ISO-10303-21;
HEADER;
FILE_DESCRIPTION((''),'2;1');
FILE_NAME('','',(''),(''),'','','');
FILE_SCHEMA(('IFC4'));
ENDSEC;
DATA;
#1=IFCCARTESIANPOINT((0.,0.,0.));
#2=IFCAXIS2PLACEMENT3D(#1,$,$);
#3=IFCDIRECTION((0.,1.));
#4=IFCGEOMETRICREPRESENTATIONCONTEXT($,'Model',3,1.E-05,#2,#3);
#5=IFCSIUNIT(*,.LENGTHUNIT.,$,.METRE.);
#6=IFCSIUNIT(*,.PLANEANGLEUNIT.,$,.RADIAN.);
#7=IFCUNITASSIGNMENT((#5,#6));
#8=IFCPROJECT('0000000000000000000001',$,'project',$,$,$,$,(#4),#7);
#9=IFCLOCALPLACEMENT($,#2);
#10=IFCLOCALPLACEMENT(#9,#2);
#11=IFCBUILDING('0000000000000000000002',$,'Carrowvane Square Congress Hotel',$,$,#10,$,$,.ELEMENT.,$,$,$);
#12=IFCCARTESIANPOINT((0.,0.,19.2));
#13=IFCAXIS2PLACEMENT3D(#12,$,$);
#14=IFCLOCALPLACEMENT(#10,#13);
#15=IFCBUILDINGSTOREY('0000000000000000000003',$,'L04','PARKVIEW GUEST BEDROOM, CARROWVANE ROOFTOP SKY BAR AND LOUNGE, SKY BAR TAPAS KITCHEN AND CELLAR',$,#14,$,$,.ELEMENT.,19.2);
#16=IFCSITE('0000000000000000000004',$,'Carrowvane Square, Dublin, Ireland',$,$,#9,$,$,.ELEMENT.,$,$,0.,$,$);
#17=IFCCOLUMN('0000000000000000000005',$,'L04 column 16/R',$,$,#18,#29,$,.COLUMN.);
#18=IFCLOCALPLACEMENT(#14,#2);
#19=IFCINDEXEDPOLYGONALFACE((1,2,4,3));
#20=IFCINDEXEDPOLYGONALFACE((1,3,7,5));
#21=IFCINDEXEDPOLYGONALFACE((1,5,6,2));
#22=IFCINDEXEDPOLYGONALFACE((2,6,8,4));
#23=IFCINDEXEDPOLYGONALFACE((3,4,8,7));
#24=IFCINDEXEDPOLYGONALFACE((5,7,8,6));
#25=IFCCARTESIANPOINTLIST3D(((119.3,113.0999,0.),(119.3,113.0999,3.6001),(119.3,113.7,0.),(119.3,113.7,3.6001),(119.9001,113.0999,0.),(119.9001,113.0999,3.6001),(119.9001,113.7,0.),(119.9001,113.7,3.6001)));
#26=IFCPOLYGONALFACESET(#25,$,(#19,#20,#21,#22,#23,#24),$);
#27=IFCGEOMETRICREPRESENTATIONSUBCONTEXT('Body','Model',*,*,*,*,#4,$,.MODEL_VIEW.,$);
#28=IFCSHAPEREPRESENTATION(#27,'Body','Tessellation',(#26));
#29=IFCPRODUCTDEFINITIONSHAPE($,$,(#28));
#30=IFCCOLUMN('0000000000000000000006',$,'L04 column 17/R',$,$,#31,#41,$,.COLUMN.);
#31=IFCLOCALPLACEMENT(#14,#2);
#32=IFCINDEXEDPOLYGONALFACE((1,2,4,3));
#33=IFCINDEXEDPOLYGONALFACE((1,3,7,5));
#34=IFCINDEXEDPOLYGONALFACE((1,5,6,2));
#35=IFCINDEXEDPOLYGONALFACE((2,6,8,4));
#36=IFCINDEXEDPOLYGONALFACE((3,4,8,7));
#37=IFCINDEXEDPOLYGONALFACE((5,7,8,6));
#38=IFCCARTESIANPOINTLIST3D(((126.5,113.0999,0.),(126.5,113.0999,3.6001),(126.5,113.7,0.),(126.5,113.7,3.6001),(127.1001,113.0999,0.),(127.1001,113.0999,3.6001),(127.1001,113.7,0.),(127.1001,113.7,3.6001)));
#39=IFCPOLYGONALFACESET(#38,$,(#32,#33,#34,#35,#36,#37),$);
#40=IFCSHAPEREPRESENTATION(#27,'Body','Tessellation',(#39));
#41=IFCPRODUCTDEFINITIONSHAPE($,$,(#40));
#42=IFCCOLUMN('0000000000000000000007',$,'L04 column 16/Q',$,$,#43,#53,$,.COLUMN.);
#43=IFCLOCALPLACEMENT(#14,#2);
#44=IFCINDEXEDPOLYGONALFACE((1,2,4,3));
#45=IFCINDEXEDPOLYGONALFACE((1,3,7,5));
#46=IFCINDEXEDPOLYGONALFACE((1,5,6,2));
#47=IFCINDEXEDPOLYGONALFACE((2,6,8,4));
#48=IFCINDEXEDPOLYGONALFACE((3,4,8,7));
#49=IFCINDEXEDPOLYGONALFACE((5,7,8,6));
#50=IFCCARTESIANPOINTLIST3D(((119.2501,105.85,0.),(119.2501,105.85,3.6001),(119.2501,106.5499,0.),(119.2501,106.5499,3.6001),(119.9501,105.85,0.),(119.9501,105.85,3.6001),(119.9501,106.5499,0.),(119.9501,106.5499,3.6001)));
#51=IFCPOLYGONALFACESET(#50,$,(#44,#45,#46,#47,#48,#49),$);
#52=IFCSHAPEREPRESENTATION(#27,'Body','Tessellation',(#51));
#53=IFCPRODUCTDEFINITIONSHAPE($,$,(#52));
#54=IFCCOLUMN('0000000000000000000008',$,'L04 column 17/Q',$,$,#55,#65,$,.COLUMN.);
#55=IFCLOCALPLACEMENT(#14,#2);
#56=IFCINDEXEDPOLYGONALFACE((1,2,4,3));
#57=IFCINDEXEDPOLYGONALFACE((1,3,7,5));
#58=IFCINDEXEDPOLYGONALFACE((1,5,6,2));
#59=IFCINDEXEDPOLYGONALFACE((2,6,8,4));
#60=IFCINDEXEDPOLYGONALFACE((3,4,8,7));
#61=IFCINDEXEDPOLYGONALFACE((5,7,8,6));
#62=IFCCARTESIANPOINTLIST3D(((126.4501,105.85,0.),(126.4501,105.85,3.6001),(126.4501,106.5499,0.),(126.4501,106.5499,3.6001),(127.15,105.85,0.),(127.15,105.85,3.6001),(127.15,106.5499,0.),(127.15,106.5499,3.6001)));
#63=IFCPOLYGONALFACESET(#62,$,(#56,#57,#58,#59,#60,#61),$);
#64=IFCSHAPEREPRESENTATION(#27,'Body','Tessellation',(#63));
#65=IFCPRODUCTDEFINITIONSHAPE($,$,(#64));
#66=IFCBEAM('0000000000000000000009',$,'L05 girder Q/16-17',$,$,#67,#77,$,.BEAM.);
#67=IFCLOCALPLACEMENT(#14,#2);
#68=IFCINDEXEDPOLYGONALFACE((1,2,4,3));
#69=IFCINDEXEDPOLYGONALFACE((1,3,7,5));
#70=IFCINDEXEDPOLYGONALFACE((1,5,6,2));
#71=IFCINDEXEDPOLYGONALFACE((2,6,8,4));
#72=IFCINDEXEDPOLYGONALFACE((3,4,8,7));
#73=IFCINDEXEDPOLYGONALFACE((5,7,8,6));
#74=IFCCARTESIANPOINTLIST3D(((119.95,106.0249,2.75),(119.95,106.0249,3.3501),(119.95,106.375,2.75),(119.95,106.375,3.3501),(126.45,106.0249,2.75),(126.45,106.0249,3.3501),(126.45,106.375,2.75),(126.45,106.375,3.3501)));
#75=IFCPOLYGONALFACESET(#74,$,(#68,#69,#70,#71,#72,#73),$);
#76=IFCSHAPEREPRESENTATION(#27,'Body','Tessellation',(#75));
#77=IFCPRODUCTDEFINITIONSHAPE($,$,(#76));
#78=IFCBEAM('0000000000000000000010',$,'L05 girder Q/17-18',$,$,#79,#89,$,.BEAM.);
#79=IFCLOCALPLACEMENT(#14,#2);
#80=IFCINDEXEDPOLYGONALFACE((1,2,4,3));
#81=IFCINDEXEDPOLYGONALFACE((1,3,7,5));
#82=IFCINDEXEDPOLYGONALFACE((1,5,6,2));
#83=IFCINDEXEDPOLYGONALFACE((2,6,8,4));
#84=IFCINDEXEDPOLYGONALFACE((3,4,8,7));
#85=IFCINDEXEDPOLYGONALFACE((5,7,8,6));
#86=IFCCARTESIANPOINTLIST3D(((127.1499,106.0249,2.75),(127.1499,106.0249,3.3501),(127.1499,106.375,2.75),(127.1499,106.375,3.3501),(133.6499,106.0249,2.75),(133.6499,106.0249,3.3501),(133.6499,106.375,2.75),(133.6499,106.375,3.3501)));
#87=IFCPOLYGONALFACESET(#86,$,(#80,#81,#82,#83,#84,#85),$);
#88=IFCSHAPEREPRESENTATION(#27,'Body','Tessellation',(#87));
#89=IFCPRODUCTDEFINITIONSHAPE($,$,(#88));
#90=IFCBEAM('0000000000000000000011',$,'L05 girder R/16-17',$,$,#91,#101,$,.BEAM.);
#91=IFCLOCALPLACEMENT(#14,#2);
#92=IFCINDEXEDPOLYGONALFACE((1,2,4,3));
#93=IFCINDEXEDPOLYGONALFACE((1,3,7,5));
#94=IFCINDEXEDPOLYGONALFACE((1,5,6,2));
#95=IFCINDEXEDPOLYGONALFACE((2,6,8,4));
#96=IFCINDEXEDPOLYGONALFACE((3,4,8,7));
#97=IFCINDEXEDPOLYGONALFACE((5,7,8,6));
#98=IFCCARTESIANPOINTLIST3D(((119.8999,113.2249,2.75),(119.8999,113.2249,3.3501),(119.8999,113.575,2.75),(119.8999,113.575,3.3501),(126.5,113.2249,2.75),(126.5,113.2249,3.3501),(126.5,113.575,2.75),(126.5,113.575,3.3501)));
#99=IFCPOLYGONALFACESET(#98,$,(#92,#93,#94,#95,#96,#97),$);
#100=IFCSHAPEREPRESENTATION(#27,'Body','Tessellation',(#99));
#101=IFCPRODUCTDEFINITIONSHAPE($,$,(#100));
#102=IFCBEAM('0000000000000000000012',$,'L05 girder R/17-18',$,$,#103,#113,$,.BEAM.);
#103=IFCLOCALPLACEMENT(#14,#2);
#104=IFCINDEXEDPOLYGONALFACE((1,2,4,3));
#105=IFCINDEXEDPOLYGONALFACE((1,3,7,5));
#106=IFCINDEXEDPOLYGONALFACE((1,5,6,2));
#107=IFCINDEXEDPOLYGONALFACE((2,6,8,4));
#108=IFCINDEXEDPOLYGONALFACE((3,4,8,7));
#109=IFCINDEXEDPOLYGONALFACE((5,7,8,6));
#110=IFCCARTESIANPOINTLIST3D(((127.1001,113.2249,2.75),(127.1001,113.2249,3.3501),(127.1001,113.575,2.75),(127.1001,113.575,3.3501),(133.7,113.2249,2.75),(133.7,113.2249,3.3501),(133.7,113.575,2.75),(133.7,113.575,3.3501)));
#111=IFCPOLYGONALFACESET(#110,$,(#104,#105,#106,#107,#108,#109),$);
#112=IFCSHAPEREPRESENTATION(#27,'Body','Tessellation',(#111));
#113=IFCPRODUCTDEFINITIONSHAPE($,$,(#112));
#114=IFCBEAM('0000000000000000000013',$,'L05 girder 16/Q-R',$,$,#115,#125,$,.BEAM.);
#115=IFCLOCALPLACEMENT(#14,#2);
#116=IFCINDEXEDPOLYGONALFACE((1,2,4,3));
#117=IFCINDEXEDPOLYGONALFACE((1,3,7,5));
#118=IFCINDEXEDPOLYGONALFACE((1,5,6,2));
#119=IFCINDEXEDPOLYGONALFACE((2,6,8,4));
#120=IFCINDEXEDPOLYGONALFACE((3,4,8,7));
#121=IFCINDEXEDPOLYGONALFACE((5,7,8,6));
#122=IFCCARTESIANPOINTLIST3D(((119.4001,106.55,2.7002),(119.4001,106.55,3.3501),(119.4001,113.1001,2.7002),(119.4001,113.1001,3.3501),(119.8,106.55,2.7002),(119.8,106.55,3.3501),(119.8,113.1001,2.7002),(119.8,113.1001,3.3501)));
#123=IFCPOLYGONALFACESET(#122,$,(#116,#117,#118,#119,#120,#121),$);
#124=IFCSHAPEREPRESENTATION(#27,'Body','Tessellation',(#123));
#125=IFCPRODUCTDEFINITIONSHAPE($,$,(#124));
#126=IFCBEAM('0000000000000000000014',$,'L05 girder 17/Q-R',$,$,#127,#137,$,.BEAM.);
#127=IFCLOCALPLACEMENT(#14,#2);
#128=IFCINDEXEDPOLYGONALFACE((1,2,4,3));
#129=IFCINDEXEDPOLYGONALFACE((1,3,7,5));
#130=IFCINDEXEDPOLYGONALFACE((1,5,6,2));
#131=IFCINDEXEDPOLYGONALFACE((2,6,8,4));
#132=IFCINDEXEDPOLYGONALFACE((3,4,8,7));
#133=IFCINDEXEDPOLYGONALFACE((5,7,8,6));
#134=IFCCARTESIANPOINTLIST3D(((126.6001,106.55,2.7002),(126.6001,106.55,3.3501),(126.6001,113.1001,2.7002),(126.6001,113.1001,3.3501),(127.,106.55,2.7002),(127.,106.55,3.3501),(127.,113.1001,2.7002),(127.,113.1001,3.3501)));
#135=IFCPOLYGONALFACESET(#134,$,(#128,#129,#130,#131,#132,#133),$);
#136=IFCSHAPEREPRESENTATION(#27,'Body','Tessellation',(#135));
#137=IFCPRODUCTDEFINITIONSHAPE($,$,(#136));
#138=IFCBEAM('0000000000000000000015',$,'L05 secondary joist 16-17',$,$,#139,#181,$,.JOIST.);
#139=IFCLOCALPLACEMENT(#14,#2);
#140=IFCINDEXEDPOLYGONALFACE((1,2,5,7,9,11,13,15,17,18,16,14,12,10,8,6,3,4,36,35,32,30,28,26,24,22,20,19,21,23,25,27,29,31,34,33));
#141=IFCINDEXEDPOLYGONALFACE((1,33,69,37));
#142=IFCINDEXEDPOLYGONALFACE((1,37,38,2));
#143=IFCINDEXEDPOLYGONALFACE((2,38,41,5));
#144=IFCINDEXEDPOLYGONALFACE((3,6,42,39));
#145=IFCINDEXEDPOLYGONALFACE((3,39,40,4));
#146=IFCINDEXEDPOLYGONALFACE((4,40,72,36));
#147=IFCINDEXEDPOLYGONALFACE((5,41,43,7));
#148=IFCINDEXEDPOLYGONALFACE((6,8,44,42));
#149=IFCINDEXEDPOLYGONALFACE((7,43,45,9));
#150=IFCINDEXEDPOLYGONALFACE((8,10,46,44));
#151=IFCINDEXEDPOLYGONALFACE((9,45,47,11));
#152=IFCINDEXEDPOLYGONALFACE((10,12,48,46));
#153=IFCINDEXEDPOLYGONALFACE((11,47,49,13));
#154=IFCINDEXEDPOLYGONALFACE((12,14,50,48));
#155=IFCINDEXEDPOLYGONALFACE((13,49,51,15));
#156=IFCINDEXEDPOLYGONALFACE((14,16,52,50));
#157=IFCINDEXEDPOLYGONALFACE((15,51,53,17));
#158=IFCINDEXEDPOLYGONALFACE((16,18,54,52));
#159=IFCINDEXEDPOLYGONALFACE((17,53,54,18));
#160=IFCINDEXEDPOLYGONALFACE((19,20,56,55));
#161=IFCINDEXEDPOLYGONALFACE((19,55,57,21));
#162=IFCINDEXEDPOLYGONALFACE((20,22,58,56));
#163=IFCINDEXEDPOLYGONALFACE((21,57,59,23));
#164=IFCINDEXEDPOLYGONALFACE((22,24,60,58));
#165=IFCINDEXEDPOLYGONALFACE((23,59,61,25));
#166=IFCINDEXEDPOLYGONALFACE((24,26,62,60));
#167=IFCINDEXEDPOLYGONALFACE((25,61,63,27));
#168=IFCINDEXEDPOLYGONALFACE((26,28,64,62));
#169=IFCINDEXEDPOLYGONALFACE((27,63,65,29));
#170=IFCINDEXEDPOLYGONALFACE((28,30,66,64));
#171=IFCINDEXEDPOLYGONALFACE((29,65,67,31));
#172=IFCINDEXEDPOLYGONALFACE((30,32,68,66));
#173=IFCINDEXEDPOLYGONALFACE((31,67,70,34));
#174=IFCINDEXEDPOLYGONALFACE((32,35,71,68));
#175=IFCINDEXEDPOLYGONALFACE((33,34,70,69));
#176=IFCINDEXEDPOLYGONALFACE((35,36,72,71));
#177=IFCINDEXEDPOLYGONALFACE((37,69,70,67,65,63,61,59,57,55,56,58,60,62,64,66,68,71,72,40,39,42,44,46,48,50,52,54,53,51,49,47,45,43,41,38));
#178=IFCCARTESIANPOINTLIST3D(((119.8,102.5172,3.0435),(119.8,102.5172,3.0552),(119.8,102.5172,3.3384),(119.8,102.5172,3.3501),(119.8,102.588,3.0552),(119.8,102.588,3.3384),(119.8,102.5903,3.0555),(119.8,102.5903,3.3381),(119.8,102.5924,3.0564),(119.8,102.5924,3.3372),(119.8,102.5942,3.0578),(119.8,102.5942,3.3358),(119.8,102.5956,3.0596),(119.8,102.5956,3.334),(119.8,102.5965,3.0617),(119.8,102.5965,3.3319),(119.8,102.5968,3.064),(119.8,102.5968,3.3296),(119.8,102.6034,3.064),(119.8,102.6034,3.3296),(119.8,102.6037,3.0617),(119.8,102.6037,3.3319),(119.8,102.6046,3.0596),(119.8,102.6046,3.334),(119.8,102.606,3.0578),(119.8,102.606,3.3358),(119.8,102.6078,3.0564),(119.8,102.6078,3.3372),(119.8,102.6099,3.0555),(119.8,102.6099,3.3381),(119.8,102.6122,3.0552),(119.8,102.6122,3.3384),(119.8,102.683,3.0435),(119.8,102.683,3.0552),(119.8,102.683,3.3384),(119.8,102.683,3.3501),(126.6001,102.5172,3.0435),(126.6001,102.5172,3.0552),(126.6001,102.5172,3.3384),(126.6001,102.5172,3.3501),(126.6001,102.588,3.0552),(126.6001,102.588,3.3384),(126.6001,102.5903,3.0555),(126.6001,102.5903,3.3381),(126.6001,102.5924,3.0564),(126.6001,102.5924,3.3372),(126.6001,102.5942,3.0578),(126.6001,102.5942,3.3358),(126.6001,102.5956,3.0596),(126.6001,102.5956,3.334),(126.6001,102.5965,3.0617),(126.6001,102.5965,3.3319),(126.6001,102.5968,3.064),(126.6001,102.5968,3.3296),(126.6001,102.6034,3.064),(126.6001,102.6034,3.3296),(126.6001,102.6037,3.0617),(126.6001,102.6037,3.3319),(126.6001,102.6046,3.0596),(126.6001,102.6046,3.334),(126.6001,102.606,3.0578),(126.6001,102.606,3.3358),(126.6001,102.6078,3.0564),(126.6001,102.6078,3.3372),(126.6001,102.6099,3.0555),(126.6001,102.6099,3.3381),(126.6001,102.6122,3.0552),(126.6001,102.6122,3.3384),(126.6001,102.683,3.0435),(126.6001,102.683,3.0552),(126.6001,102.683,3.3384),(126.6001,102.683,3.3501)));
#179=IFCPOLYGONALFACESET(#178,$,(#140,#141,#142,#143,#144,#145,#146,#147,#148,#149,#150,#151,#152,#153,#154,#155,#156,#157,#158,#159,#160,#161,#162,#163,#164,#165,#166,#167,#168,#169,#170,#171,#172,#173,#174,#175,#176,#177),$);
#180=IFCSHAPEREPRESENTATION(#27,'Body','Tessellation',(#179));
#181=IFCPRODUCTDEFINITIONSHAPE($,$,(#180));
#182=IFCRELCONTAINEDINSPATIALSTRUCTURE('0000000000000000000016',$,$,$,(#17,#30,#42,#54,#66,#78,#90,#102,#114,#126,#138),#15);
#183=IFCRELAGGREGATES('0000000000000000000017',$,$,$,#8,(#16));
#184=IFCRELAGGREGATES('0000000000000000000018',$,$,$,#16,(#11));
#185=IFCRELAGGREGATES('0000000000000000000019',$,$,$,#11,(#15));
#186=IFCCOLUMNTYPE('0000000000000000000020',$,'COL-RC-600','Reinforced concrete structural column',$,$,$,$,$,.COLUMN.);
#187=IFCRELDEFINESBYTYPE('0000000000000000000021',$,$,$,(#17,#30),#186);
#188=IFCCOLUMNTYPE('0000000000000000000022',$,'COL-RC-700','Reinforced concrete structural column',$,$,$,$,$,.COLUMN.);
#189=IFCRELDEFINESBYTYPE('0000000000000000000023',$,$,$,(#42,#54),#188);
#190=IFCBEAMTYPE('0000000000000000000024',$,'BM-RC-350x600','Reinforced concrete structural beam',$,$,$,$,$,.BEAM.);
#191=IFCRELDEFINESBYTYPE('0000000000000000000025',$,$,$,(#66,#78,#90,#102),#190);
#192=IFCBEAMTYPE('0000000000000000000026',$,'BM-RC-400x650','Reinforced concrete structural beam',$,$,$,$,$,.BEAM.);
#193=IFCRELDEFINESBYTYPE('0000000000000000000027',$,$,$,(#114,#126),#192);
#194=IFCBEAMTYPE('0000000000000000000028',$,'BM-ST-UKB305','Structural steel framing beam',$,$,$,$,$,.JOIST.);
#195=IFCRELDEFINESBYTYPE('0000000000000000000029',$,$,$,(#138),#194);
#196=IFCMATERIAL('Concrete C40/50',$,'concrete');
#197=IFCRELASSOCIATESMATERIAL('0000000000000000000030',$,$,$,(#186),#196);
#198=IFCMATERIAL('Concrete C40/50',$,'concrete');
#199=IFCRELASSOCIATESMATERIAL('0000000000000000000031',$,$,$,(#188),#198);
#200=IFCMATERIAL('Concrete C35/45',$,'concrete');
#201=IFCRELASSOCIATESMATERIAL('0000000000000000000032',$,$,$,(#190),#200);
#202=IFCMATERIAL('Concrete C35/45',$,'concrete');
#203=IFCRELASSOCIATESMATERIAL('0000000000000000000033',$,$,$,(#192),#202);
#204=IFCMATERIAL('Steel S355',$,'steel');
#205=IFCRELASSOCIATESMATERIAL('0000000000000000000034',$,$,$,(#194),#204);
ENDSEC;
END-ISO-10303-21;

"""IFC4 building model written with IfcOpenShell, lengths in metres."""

from ifc_helpers import new_model, si_unit, direction, frame, origin, origin_2d, place, context, subcontext, project, spatial, rectangle, i_section, extrude, material, material_profile, profile_set, type_object, element, save


model = new_model("IFC4")

# Units and contexts
model_context = context("Model", 3, precision=1e-05, world=origin(), true_north=direction((0.0, 1.0)))
body_context = subcontext(model_context, "Body", "Model", "MODEL_VIEW")
ifc_project = project(units=[si_unit("LENGTHUNIT", "METRE"), si_unit("PLANEANGLEUNIT", "RADIAN")], contexts=[model_context])

# Site, building, storey
site_placement = place(None, origin())
site = spatial("IfcSite", under=ifc_project, at=site_placement, Name="Carrowvane Square, Dublin, Ireland", CompositionType="ELEMENT", RefElevation=0.0)
building_placement = place(site_placement, origin())
building = spatial("IfcBuilding", under=site, at=building_placement, Name="Carrowvane Square Congress Hotel", CompositionType="ELEMENT")
storey_placement = place(building_placement, frame((0.0, 0.0, 19.2)))
storey = spatial("IfcBuildingStorey", under=building, at=storey_placement, Name="L04", Description="PARKVIEW GUEST BEDROOM, CARROWVANE ROOFTOP SKY BAR AND LOUNGE, SKY BAR TAPAS KITCHEN AND CELLAR", CompositionType="ELEMENT", Elevation=19.2)

# Columns
ifc_material_1 = material(Name="Concrete C40/50", Category="concrete")
ifc_material_profile_1 = material_profile(ifc_material_1, rectangle(XDim=0.6001, YDim=0.6001, at=origin_2d()), Name="RC 600x600")
ifc_profile_set_1 = profile_set([ifc_material_profile_1], Name="Concrete C40/50")
column_type_1 = type_object("IfcColumnType", Name="COL-RC-600", Description="Reinforced concrete structural column", PredefinedType="COLUMN", material=ifc_profile_set_1)
for number, where, z_axis, x_axis, name in (
    (1, (119.6001, 113.3999, 0.0), (0.0, 0.0, 1.0), (1.0, 0.0, 0.0), "L04 column 16/R"),
    (2, (126.8, 113.3999, 0.0), (0.0, 0.0, 1.0), (1.0, 0.0, 0.0), "L04 column 17/R"),
):
    element("IfcColumn", number, at=place(storey_placement, frame(where, z_axis=z_axis, x_axis=x_axis)), inside=storey, type_object=column_type_1, Name=name, PredefinedType="COLUMN", context=body_context, shape_type="SweptSolid", body=[
        extrude(rectangle(XDim=0.6001, YDim=0.6001, at=origin_2d()), origin(), (0.0, 0.0, 1.0), 3.6001),
    ])
ifc_material_2 = material(Name="Concrete C40/50", Category="concrete")
ifc_material_profile_2 = material_profile(ifc_material_2, rectangle(XDim=0.7, YDim=0.7, at=origin_2d()), Name="RC 700x700")
ifc_profile_set_2 = profile_set([ifc_material_profile_2], Name="Concrete C40/50")
column_type_2 = type_object("IfcColumnType", Name="COL-RC-700", Description="Reinforced concrete structural column", PredefinedType="COLUMN", material=ifc_profile_set_2)
for number, where, z_axis, x_axis, name in (
    (3, (119.6001, 106.2, 0.0), (0.0, 0.0, 1.0), (1.0, 0.0, 0.0), "L04 column 16/Q"),
    (4, (126.8, 106.2, 0.0), (0.0, 0.0, 1.0), (1.0, 0.0, 0.0), "L04 column 17/Q"),
):
    element("IfcColumn", number, at=place(storey_placement, frame(where, z_axis=z_axis, x_axis=x_axis)), inside=storey, type_object=column_type_2, Name=name, PredefinedType="COLUMN", context=body_context, shape_type="SweptSolid", body=[
        extrude(rectangle(XDim=0.7, YDim=0.7, at=origin_2d()), origin(), (0.0, 0.0, 1.0), 3.6001),
    ])

# Beams
ifc_material_3 = material(Name="Concrete C35/45", Category="concrete")
ifc_material_profile_3 = material_profile(ifc_material_3, rectangle(XDim=0.3501, YDim=0.6001, at=origin_2d()), Name="RC 350x600")
ifc_profile_set_3 = profile_set([ifc_material_profile_3], Name="Concrete C35/45")
beam_type_1 = type_object("IfcBeamType", Name="BM-RC-350x600", Description="Reinforced concrete structural beam", PredefinedType="BEAM", material=ifc_profile_set_3)
for number, where, z_axis, x_axis, name in (
    (5, (119.95, 106.2, 3.05), (1.0, 0.0, 0.0), (0.0, 1.0, 0.0), "L05 girder Q/16-17"),
    (6, (127.1499, 106.2, 3.05), (1.0, 0.0, 0.0), (0.0, 1.0, 0.0), "L05 girder Q/17-18"),
):
    element("IfcBeam", number, at=place(storey_placement, frame(where, z_axis=z_axis, x_axis=x_axis)), inside=storey, type_object=beam_type_1, Name=name, PredefinedType="BEAM", context=body_context, shape_type="SweptSolid", body=[
        extrude(rectangle(XDim=0.3501, YDim=0.6001, at=origin_2d()), origin(), (0.0, 0.0, 1.0), 6.5),
    ])
beam_1_placement = place(storey_placement, frame((119.8999, 113.3999, 3.05), z_axis=(1.0, 0.0, 0.0), x_axis=(0.0, 1.0, 0.0)))
element("IfcBeam", 7, at=beam_1_placement, inside=storey, type_object=beam_type_1, Name="L05 girder R/16-17", PredefinedType="BEAM", context=body_context, shape_type="SweptSolid", body=[
    extrude(rectangle(XDim=0.3501, YDim=0.6001, at=origin_2d()), origin(), (0.0, 0.0, 1.0), 6.6001),
])
beam_2_placement = place(storey_placement, frame((127.1001, 113.3999, 3.05), z_axis=(1.0, 0.0, 0.0), x_axis=(0.0, 1.0, 0.0)))
element("IfcBeam", 8, at=beam_2_placement, inside=storey, type_object=beam_type_1, Name="L05 girder R/17-18", PredefinedType="BEAM", context=body_context, shape_type="SweptSolid", body=[
    extrude(rectangle(XDim=0.3501, YDim=0.6001, at=origin_2d()), origin(), (0.0, 0.0, 1.0), 6.5999),
])
ifc_material_4 = material(Name="Concrete C35/45", Category="concrete")
ifc_material_profile_4 = material_profile(ifc_material_4, rectangle(XDim=0.3999, YDim=0.6499, at=origin_2d()), Name="RC 400x650")
ifc_profile_set_4 = profile_set([ifc_material_profile_4], Name="Concrete C35/45")
beam_type_2 = type_object("IfcBeamType", Name="BM-RC-400x650", Description="Reinforced concrete structural beam", PredefinedType="BEAM", material=ifc_profile_set_4)
for number, where, z_axis, x_axis, name in (
    (9, (119.6001, 106.55, 3.0251), (0.0, 1.0, 0.0), (-1.0, 0.0, 0.0), "L05 girder 16/Q-R"),
    (10, (126.8, 106.55, 3.0251), (0.0, 1.0, 0.0), (-1.0, 0.0, 0.0), "L05 girder 17/Q-R"),
):
    element("IfcBeam", number, at=place(storey_placement, frame(where, z_axis=z_axis, x_axis=x_axis)), inside=storey, type_object=beam_type_2, Name=name, PredefinedType="BEAM", context=body_context, shape_type="SweptSolid", body=[
        extrude(rectangle(XDim=0.3999, YDim=0.6499, at=origin_2d()), origin(), (0.0, 0.0, 1.0), 6.55),
    ])
ifc_material_5 = material(Name="Steel S355", Category="steel")
ifc_material_profile_5 = material_profile(ifc_material_5, i_section(OverallWidth=0.1658, OverallDepth=0.3066, WebThickness=0.0066, FlangeThickness=0.0117, FilletRadius=0.0088, at=origin_2d()), Name="UKB 305x165x46")
ifc_profile_set_5 = profile_set([ifc_material_profile_5], Name="Steel S355")
beam_type_3 = type_object("IfcBeamType", Name="BM-ST-UKB305", Description="Structural steel framing beam", PredefinedType="JOIST", material=ifc_profile_set_5)
for number, where, z_axis, x_axis, name in (
    (11, (119.8, 102.6001, 3.1968), (1.0, 0.0, 0.0), (0.0, 1.0, 0.0), "L05 secondary joist 16-17"),
):
    element("IfcBeam", number, at=place(storey_placement, frame(where, z_axis=z_axis, x_axis=x_axis)), inside=storey, type_object=beam_type_3, Name=name, PredefinedType="JOIST", context=body_context, shape_type="SweptSolid", body=[
        extrude(i_section(OverallWidth=0.1658, OverallDepth=0.3066, WebThickness=0.0066, FlangeThickness=0.0117, FilletRadius=0.0088, at=origin_2d()), origin(), (0.0, 0.0, 1.0), 6.8),
    ])

save(model, "model.ifc")
